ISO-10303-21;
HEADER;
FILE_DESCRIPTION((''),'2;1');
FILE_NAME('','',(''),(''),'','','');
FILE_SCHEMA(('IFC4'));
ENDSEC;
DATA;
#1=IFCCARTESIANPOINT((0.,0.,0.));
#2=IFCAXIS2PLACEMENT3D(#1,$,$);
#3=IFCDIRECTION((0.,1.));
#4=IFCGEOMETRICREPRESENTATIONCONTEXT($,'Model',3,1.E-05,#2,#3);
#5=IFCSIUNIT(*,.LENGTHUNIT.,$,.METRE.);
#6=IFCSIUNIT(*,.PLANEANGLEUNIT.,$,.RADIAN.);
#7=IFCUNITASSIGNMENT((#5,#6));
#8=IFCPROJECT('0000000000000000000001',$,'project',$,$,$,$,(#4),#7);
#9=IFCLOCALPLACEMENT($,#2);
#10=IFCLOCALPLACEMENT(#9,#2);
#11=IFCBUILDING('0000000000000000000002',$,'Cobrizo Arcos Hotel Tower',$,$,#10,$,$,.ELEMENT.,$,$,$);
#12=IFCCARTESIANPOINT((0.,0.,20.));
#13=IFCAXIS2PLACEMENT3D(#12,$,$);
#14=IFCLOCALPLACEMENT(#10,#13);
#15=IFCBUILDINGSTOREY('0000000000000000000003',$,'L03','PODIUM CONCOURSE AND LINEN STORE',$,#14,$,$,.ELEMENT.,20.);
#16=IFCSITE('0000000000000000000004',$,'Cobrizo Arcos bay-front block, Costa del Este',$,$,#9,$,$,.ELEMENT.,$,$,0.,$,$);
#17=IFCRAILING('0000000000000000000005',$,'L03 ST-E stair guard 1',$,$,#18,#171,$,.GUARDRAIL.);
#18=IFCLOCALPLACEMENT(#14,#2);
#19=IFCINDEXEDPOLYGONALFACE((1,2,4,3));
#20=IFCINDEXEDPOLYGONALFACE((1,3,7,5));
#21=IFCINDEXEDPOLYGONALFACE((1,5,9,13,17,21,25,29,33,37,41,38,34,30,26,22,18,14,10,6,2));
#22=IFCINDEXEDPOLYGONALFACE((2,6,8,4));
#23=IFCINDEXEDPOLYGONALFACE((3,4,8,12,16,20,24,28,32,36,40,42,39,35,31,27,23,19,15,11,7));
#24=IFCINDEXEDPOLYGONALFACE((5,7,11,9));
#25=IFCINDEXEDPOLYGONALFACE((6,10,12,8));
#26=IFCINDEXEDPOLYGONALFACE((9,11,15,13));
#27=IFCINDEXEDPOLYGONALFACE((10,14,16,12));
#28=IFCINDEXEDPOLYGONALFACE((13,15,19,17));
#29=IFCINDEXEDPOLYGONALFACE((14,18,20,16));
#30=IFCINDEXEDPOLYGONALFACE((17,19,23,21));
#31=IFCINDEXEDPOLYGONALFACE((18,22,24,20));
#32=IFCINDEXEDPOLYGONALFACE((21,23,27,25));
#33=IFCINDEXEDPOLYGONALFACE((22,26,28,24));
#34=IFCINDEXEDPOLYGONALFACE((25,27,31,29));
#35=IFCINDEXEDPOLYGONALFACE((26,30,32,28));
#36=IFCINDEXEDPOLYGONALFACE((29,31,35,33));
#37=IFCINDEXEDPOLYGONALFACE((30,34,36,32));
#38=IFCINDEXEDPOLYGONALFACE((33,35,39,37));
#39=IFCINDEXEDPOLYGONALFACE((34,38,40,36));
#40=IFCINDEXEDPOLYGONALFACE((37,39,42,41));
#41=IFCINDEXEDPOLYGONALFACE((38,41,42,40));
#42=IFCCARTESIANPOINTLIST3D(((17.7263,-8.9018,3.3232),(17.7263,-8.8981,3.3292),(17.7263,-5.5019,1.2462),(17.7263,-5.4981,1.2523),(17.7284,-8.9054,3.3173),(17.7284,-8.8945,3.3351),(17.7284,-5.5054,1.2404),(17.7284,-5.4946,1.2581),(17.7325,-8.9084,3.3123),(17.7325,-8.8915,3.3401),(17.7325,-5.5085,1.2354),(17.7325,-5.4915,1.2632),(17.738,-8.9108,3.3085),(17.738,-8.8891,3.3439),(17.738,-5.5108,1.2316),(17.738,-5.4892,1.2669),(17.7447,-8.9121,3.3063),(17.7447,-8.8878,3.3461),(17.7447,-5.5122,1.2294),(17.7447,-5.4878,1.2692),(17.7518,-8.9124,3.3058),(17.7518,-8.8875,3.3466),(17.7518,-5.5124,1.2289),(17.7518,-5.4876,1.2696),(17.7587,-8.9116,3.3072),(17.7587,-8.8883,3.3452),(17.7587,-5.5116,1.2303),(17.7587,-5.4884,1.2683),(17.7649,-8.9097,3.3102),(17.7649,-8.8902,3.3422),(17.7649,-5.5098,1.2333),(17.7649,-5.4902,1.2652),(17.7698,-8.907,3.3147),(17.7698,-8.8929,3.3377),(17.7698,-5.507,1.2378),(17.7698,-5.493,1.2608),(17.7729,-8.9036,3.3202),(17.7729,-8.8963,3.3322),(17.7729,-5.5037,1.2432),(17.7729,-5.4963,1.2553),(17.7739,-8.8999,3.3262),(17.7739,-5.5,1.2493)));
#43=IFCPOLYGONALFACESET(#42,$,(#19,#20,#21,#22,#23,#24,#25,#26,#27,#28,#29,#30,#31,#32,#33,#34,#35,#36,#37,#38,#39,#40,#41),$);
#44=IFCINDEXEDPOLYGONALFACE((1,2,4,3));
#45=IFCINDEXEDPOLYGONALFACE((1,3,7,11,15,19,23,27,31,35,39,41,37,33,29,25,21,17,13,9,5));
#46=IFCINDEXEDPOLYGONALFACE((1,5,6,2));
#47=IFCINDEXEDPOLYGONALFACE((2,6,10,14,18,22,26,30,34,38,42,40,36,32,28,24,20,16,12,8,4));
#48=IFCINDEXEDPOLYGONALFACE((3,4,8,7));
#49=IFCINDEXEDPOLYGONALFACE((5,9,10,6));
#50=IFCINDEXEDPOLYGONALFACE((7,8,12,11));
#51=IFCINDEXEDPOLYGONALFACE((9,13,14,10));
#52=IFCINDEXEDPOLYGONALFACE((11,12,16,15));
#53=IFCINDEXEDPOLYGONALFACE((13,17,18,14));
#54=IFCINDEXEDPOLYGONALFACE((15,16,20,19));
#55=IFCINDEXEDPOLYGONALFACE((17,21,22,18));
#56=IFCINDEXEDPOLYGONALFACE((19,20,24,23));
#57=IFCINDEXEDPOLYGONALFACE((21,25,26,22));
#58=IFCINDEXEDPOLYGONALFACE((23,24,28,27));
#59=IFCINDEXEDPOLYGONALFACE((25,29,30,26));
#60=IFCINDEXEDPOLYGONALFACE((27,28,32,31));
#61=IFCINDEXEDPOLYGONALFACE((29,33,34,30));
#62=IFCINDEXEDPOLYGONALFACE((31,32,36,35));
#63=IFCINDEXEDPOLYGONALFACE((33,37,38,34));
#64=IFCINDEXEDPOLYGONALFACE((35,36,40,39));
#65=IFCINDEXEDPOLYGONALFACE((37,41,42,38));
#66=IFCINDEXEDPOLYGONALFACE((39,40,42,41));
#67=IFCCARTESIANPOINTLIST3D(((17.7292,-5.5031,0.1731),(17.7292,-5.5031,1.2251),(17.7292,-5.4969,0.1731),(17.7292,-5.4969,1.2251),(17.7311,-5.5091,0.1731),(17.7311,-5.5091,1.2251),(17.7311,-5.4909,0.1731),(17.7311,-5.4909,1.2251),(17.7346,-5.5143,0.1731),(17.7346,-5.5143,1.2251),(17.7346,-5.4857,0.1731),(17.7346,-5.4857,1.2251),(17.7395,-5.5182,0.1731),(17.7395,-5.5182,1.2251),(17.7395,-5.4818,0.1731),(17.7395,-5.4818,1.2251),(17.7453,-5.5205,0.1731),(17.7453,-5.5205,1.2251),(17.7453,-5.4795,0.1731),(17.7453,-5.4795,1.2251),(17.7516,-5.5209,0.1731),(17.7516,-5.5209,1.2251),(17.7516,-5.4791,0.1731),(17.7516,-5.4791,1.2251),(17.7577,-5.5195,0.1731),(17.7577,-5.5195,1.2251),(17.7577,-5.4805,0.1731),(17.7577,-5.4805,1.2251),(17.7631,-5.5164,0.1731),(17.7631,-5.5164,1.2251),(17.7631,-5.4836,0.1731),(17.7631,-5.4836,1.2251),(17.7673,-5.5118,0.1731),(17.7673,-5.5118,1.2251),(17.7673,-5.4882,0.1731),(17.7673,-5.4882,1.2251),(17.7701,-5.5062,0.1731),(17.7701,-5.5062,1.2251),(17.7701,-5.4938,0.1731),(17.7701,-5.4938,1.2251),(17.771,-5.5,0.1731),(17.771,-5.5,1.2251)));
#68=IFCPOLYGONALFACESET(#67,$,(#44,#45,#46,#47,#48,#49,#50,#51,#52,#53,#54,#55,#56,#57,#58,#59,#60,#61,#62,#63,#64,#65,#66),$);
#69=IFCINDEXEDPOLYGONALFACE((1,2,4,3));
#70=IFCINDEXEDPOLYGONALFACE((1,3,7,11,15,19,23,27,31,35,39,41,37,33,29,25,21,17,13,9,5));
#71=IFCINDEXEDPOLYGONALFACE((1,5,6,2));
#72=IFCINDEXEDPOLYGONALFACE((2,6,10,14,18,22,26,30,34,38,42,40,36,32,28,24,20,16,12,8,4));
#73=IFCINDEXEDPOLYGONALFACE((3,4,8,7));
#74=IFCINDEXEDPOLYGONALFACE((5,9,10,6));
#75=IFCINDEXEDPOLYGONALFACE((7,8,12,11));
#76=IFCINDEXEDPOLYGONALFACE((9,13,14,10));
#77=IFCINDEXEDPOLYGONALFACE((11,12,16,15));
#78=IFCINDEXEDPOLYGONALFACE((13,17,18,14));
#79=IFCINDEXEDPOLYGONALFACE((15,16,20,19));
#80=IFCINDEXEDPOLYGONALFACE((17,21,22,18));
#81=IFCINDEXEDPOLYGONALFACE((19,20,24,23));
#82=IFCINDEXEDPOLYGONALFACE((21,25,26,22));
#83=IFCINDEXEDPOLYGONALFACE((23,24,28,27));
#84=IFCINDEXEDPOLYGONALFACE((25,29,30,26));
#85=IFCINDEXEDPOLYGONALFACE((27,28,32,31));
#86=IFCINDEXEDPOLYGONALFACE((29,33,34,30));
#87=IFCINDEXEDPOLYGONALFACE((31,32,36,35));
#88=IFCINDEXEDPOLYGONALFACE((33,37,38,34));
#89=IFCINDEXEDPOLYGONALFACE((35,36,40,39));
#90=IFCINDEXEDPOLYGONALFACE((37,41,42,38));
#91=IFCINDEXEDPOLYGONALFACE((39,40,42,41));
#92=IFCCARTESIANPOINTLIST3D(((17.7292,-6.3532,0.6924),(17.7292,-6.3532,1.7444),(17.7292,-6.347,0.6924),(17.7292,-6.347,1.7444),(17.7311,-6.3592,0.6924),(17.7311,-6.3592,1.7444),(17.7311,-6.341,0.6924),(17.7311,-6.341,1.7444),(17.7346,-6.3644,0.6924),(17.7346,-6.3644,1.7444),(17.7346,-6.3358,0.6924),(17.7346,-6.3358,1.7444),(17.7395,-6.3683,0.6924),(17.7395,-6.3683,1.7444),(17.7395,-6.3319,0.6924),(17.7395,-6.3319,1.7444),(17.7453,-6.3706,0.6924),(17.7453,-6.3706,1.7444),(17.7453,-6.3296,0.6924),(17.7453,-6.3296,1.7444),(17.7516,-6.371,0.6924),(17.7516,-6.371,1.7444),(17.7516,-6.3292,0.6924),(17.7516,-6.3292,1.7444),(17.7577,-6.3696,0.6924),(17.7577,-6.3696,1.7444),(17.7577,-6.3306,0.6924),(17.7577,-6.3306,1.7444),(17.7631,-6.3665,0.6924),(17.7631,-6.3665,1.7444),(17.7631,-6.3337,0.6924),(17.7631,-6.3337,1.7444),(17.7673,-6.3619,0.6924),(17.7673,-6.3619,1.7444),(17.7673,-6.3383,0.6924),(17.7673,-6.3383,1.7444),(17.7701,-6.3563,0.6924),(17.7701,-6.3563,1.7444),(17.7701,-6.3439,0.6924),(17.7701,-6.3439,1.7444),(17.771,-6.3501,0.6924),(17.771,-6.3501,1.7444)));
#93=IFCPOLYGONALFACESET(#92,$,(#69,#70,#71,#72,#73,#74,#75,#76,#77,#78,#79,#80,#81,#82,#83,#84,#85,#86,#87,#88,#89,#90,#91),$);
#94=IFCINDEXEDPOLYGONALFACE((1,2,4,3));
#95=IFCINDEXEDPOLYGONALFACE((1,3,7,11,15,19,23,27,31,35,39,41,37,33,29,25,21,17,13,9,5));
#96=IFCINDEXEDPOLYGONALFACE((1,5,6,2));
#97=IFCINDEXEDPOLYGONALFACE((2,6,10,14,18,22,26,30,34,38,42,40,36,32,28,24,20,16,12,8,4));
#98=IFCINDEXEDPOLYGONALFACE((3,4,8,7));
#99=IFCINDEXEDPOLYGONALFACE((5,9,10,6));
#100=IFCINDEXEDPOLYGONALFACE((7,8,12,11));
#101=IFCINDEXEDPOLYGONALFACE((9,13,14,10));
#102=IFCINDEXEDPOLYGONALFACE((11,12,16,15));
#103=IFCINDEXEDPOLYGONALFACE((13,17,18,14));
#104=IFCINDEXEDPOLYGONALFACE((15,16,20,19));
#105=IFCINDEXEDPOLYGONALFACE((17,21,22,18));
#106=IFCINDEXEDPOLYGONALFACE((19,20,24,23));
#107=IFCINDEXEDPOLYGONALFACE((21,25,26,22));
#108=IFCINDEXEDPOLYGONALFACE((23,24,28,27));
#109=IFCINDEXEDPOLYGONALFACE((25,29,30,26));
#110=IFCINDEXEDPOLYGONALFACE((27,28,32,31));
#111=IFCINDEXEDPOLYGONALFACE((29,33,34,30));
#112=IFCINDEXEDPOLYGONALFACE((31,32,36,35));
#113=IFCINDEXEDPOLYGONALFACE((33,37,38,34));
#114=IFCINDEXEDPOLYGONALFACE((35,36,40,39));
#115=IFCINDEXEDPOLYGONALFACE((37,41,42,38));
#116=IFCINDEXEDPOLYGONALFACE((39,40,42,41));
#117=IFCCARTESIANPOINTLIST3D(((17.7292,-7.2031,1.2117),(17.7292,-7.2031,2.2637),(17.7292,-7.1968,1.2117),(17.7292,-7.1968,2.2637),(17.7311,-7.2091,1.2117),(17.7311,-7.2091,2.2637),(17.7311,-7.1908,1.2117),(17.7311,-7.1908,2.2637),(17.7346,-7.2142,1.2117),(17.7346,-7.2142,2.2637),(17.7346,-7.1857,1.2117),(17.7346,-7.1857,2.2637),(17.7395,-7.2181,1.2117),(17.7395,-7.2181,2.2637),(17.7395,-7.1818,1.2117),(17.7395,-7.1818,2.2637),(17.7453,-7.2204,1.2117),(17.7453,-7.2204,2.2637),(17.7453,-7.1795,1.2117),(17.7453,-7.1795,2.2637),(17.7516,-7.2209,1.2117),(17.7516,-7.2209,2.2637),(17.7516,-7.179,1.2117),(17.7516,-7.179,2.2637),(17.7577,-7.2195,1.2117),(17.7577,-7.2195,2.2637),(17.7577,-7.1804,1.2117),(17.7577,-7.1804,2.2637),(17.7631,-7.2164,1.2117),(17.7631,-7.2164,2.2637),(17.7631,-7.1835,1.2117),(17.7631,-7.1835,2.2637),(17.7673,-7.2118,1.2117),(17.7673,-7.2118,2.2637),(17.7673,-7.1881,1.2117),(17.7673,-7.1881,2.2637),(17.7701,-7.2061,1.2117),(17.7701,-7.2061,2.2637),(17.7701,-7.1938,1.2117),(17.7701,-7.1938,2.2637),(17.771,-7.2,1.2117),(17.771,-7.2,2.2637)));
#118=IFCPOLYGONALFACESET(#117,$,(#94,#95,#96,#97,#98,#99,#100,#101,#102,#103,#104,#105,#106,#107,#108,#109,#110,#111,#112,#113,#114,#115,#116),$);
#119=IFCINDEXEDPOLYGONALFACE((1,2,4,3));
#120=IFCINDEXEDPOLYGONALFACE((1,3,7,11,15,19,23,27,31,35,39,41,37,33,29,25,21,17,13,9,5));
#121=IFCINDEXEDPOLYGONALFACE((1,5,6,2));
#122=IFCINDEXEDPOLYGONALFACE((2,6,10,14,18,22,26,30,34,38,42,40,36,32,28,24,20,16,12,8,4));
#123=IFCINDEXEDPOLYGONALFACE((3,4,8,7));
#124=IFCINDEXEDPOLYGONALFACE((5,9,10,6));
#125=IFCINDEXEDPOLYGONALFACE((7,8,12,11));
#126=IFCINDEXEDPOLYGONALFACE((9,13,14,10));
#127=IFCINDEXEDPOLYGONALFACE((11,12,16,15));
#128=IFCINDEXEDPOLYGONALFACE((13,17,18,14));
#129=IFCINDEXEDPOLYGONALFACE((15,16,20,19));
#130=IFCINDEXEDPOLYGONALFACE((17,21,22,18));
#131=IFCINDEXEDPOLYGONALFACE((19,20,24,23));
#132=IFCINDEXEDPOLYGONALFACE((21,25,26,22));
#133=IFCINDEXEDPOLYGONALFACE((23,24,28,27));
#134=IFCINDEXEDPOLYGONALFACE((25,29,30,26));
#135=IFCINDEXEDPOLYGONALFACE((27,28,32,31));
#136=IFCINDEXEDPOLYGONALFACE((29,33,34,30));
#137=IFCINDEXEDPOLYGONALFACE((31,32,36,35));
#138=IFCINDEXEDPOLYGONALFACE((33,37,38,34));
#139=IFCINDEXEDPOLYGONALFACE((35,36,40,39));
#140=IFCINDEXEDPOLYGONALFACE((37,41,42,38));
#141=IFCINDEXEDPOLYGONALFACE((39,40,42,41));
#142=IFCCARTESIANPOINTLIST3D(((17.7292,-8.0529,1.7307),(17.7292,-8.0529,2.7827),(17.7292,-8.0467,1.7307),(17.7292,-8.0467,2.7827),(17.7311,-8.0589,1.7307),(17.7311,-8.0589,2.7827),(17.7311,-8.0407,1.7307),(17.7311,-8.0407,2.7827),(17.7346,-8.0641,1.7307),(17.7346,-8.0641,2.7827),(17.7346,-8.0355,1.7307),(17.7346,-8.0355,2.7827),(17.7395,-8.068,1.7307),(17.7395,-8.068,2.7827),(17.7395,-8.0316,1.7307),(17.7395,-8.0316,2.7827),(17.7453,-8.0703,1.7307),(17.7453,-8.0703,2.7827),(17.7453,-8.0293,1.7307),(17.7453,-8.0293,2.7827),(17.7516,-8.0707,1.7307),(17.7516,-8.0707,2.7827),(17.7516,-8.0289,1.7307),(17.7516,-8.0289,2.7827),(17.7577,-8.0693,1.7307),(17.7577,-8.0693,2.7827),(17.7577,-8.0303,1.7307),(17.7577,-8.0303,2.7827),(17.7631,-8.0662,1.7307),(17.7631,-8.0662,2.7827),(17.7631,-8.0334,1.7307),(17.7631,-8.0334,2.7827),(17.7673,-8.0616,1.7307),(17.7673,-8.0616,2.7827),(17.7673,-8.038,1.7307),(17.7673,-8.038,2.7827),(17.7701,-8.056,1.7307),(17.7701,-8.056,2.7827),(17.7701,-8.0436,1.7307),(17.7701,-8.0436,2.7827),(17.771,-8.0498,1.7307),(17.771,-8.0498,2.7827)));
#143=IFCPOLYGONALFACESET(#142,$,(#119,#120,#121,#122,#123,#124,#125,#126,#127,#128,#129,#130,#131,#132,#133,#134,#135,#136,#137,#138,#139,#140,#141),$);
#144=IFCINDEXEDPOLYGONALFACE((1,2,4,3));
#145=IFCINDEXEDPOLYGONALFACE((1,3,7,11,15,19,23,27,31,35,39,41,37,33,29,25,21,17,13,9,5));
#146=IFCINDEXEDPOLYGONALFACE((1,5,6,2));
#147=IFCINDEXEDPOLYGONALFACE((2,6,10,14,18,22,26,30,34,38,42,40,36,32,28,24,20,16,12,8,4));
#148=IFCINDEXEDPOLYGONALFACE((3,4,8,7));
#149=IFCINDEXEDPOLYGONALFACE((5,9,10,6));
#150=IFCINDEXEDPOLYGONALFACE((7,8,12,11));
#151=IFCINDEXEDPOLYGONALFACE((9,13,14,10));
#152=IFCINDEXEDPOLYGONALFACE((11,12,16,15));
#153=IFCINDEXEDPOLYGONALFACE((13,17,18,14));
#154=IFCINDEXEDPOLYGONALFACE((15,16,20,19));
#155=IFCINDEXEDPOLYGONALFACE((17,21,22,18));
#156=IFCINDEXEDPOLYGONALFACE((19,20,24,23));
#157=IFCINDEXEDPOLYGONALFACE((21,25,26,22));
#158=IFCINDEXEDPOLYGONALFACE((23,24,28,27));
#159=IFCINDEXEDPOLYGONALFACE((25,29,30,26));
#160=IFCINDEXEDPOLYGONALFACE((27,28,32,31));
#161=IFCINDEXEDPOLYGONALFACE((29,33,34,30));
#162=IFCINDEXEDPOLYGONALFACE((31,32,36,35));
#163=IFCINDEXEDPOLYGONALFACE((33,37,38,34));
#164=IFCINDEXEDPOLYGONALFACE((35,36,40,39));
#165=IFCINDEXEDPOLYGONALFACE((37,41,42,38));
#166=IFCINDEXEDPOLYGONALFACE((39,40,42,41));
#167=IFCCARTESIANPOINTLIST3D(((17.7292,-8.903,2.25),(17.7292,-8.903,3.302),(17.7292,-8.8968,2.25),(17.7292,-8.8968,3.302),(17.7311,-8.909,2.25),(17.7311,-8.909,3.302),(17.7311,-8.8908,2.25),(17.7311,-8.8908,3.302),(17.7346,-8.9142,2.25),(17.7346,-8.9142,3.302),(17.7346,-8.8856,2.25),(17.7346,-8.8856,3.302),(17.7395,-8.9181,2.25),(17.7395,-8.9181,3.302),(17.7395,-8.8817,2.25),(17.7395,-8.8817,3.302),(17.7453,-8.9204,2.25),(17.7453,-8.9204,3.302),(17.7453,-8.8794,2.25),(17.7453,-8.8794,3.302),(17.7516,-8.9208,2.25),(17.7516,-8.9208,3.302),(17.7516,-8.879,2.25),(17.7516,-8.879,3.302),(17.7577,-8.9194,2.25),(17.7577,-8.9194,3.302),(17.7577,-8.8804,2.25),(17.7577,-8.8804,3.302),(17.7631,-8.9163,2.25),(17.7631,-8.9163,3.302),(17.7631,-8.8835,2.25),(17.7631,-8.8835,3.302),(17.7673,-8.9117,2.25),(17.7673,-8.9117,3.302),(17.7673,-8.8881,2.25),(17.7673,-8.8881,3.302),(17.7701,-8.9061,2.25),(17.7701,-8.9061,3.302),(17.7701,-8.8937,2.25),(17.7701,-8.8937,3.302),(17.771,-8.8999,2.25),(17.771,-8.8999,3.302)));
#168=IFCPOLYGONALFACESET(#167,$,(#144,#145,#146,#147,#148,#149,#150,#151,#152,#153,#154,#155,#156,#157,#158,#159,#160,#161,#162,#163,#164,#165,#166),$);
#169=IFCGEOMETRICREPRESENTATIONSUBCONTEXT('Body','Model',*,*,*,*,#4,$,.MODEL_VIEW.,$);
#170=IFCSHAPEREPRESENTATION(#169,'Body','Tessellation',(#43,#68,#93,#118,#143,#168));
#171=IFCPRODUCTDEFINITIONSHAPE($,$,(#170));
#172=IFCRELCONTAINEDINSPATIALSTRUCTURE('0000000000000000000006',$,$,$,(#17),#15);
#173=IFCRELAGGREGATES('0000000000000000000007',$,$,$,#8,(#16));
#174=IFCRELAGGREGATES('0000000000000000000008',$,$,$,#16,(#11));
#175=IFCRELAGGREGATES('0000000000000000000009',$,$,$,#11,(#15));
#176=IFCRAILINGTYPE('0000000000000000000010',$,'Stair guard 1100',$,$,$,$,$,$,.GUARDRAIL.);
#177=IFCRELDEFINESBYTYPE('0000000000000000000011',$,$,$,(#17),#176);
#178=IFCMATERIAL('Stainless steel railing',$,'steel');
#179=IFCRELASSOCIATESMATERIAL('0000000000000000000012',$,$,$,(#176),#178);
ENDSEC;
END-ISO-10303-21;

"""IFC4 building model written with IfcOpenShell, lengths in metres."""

from ifc_helpers import new_model, si_unit, direction, frame, origin, origin_2d, place, context, subcontext, project, spatial, circle, extrude, material, type_object, element, save


model = new_model("IFC4")

# Units and contexts
model_context = context("Model", 3, precision=1e-05, world=origin(), true_north=direction((0.0, 1.0)))
body_context = subcontext(model_context, "Body", "Model", "MODEL_VIEW")
ifc_project = project(units=[si_unit("LENGTHUNIT", "METRE"), si_unit("PLANEANGLEUNIT", "RADIAN")], contexts=[model_context])

# Site, building, storey
site_placement = place(None, origin())
site = spatial("IfcSite", under=ifc_project, at=site_placement, Name="Cobrizo Arcos bay-front block, Costa del Este", CompositionType="ELEMENT", RefElevation=0.0)
building_placement = place(site_placement, origin())
building = spatial("IfcBuilding", under=site, at=building_placement, Name="Cobrizo Arcos Hotel Tower", CompositionType="ELEMENT")
storey_placement = place(building_placement, frame((0.0, 0.0, 20.0)))
storey = spatial("IfcBuildingStorey", under=building, at=storey_placement, Name="L03", Description="PODIUM CONCOURSE AND LINEN STORE", CompositionType="ELEMENT", Elevation=20.0)

# Railing
ifc_material_1 = material(Name="Stainless steel railing", Category="steel")
railing_type_1 = type_object("IfcRailingType", Name="Stair guard 1100", PredefinedType="GUARDRAIL", material=ifc_material_1)
railing_1_placement = place(storey_placement, frame((17.75, -5.5, 0.1731)))
element("IfcRailing", 1, at=railing_1_placement, inside=storey, type_object=railing_type_1, Name="L03 ST-E stair guard 1", PredefinedType="GUARDRAIL", context=body_context, shape_type="SweptSolid", body=[
    extrude(circle(Radius=0.0239, at=origin_2d()), frame((0.0, 0.0, 1.0762), z_axis=(0.0, -0.853373, 0.521301), x_axis=(1.0, 0.0, 0.0)), (0.0, 0.0, 1.0), 3.9841),
    extrude(circle(Radius=0.021, at=origin_2d()), origin(), (0.0, 0.0, 1.0), 1.052),
    extrude(circle(Radius=0.021, at=origin_2d()), frame((0.0, -0.8501, 0.5193)), (0.0, 0.0, 1.0), 1.052),
    extrude(circle(Radius=0.021, at=origin_2d()), frame((0.0, -1.7, 1.0386)), (0.0, 0.0, 1.0), 1.052),
    extrude(circle(Radius=0.021, at=origin_2d()), frame((0.0, -2.5498, 1.5576)), (0.0, 0.0, 1.0), 1.052),
    extrude(circle(Radius=0.021, at=origin_2d()), frame((0.0, -3.3999, 2.0769)), (0.0, 0.0, 1.0), 1.052),
])

save(model, "model.ifc")
